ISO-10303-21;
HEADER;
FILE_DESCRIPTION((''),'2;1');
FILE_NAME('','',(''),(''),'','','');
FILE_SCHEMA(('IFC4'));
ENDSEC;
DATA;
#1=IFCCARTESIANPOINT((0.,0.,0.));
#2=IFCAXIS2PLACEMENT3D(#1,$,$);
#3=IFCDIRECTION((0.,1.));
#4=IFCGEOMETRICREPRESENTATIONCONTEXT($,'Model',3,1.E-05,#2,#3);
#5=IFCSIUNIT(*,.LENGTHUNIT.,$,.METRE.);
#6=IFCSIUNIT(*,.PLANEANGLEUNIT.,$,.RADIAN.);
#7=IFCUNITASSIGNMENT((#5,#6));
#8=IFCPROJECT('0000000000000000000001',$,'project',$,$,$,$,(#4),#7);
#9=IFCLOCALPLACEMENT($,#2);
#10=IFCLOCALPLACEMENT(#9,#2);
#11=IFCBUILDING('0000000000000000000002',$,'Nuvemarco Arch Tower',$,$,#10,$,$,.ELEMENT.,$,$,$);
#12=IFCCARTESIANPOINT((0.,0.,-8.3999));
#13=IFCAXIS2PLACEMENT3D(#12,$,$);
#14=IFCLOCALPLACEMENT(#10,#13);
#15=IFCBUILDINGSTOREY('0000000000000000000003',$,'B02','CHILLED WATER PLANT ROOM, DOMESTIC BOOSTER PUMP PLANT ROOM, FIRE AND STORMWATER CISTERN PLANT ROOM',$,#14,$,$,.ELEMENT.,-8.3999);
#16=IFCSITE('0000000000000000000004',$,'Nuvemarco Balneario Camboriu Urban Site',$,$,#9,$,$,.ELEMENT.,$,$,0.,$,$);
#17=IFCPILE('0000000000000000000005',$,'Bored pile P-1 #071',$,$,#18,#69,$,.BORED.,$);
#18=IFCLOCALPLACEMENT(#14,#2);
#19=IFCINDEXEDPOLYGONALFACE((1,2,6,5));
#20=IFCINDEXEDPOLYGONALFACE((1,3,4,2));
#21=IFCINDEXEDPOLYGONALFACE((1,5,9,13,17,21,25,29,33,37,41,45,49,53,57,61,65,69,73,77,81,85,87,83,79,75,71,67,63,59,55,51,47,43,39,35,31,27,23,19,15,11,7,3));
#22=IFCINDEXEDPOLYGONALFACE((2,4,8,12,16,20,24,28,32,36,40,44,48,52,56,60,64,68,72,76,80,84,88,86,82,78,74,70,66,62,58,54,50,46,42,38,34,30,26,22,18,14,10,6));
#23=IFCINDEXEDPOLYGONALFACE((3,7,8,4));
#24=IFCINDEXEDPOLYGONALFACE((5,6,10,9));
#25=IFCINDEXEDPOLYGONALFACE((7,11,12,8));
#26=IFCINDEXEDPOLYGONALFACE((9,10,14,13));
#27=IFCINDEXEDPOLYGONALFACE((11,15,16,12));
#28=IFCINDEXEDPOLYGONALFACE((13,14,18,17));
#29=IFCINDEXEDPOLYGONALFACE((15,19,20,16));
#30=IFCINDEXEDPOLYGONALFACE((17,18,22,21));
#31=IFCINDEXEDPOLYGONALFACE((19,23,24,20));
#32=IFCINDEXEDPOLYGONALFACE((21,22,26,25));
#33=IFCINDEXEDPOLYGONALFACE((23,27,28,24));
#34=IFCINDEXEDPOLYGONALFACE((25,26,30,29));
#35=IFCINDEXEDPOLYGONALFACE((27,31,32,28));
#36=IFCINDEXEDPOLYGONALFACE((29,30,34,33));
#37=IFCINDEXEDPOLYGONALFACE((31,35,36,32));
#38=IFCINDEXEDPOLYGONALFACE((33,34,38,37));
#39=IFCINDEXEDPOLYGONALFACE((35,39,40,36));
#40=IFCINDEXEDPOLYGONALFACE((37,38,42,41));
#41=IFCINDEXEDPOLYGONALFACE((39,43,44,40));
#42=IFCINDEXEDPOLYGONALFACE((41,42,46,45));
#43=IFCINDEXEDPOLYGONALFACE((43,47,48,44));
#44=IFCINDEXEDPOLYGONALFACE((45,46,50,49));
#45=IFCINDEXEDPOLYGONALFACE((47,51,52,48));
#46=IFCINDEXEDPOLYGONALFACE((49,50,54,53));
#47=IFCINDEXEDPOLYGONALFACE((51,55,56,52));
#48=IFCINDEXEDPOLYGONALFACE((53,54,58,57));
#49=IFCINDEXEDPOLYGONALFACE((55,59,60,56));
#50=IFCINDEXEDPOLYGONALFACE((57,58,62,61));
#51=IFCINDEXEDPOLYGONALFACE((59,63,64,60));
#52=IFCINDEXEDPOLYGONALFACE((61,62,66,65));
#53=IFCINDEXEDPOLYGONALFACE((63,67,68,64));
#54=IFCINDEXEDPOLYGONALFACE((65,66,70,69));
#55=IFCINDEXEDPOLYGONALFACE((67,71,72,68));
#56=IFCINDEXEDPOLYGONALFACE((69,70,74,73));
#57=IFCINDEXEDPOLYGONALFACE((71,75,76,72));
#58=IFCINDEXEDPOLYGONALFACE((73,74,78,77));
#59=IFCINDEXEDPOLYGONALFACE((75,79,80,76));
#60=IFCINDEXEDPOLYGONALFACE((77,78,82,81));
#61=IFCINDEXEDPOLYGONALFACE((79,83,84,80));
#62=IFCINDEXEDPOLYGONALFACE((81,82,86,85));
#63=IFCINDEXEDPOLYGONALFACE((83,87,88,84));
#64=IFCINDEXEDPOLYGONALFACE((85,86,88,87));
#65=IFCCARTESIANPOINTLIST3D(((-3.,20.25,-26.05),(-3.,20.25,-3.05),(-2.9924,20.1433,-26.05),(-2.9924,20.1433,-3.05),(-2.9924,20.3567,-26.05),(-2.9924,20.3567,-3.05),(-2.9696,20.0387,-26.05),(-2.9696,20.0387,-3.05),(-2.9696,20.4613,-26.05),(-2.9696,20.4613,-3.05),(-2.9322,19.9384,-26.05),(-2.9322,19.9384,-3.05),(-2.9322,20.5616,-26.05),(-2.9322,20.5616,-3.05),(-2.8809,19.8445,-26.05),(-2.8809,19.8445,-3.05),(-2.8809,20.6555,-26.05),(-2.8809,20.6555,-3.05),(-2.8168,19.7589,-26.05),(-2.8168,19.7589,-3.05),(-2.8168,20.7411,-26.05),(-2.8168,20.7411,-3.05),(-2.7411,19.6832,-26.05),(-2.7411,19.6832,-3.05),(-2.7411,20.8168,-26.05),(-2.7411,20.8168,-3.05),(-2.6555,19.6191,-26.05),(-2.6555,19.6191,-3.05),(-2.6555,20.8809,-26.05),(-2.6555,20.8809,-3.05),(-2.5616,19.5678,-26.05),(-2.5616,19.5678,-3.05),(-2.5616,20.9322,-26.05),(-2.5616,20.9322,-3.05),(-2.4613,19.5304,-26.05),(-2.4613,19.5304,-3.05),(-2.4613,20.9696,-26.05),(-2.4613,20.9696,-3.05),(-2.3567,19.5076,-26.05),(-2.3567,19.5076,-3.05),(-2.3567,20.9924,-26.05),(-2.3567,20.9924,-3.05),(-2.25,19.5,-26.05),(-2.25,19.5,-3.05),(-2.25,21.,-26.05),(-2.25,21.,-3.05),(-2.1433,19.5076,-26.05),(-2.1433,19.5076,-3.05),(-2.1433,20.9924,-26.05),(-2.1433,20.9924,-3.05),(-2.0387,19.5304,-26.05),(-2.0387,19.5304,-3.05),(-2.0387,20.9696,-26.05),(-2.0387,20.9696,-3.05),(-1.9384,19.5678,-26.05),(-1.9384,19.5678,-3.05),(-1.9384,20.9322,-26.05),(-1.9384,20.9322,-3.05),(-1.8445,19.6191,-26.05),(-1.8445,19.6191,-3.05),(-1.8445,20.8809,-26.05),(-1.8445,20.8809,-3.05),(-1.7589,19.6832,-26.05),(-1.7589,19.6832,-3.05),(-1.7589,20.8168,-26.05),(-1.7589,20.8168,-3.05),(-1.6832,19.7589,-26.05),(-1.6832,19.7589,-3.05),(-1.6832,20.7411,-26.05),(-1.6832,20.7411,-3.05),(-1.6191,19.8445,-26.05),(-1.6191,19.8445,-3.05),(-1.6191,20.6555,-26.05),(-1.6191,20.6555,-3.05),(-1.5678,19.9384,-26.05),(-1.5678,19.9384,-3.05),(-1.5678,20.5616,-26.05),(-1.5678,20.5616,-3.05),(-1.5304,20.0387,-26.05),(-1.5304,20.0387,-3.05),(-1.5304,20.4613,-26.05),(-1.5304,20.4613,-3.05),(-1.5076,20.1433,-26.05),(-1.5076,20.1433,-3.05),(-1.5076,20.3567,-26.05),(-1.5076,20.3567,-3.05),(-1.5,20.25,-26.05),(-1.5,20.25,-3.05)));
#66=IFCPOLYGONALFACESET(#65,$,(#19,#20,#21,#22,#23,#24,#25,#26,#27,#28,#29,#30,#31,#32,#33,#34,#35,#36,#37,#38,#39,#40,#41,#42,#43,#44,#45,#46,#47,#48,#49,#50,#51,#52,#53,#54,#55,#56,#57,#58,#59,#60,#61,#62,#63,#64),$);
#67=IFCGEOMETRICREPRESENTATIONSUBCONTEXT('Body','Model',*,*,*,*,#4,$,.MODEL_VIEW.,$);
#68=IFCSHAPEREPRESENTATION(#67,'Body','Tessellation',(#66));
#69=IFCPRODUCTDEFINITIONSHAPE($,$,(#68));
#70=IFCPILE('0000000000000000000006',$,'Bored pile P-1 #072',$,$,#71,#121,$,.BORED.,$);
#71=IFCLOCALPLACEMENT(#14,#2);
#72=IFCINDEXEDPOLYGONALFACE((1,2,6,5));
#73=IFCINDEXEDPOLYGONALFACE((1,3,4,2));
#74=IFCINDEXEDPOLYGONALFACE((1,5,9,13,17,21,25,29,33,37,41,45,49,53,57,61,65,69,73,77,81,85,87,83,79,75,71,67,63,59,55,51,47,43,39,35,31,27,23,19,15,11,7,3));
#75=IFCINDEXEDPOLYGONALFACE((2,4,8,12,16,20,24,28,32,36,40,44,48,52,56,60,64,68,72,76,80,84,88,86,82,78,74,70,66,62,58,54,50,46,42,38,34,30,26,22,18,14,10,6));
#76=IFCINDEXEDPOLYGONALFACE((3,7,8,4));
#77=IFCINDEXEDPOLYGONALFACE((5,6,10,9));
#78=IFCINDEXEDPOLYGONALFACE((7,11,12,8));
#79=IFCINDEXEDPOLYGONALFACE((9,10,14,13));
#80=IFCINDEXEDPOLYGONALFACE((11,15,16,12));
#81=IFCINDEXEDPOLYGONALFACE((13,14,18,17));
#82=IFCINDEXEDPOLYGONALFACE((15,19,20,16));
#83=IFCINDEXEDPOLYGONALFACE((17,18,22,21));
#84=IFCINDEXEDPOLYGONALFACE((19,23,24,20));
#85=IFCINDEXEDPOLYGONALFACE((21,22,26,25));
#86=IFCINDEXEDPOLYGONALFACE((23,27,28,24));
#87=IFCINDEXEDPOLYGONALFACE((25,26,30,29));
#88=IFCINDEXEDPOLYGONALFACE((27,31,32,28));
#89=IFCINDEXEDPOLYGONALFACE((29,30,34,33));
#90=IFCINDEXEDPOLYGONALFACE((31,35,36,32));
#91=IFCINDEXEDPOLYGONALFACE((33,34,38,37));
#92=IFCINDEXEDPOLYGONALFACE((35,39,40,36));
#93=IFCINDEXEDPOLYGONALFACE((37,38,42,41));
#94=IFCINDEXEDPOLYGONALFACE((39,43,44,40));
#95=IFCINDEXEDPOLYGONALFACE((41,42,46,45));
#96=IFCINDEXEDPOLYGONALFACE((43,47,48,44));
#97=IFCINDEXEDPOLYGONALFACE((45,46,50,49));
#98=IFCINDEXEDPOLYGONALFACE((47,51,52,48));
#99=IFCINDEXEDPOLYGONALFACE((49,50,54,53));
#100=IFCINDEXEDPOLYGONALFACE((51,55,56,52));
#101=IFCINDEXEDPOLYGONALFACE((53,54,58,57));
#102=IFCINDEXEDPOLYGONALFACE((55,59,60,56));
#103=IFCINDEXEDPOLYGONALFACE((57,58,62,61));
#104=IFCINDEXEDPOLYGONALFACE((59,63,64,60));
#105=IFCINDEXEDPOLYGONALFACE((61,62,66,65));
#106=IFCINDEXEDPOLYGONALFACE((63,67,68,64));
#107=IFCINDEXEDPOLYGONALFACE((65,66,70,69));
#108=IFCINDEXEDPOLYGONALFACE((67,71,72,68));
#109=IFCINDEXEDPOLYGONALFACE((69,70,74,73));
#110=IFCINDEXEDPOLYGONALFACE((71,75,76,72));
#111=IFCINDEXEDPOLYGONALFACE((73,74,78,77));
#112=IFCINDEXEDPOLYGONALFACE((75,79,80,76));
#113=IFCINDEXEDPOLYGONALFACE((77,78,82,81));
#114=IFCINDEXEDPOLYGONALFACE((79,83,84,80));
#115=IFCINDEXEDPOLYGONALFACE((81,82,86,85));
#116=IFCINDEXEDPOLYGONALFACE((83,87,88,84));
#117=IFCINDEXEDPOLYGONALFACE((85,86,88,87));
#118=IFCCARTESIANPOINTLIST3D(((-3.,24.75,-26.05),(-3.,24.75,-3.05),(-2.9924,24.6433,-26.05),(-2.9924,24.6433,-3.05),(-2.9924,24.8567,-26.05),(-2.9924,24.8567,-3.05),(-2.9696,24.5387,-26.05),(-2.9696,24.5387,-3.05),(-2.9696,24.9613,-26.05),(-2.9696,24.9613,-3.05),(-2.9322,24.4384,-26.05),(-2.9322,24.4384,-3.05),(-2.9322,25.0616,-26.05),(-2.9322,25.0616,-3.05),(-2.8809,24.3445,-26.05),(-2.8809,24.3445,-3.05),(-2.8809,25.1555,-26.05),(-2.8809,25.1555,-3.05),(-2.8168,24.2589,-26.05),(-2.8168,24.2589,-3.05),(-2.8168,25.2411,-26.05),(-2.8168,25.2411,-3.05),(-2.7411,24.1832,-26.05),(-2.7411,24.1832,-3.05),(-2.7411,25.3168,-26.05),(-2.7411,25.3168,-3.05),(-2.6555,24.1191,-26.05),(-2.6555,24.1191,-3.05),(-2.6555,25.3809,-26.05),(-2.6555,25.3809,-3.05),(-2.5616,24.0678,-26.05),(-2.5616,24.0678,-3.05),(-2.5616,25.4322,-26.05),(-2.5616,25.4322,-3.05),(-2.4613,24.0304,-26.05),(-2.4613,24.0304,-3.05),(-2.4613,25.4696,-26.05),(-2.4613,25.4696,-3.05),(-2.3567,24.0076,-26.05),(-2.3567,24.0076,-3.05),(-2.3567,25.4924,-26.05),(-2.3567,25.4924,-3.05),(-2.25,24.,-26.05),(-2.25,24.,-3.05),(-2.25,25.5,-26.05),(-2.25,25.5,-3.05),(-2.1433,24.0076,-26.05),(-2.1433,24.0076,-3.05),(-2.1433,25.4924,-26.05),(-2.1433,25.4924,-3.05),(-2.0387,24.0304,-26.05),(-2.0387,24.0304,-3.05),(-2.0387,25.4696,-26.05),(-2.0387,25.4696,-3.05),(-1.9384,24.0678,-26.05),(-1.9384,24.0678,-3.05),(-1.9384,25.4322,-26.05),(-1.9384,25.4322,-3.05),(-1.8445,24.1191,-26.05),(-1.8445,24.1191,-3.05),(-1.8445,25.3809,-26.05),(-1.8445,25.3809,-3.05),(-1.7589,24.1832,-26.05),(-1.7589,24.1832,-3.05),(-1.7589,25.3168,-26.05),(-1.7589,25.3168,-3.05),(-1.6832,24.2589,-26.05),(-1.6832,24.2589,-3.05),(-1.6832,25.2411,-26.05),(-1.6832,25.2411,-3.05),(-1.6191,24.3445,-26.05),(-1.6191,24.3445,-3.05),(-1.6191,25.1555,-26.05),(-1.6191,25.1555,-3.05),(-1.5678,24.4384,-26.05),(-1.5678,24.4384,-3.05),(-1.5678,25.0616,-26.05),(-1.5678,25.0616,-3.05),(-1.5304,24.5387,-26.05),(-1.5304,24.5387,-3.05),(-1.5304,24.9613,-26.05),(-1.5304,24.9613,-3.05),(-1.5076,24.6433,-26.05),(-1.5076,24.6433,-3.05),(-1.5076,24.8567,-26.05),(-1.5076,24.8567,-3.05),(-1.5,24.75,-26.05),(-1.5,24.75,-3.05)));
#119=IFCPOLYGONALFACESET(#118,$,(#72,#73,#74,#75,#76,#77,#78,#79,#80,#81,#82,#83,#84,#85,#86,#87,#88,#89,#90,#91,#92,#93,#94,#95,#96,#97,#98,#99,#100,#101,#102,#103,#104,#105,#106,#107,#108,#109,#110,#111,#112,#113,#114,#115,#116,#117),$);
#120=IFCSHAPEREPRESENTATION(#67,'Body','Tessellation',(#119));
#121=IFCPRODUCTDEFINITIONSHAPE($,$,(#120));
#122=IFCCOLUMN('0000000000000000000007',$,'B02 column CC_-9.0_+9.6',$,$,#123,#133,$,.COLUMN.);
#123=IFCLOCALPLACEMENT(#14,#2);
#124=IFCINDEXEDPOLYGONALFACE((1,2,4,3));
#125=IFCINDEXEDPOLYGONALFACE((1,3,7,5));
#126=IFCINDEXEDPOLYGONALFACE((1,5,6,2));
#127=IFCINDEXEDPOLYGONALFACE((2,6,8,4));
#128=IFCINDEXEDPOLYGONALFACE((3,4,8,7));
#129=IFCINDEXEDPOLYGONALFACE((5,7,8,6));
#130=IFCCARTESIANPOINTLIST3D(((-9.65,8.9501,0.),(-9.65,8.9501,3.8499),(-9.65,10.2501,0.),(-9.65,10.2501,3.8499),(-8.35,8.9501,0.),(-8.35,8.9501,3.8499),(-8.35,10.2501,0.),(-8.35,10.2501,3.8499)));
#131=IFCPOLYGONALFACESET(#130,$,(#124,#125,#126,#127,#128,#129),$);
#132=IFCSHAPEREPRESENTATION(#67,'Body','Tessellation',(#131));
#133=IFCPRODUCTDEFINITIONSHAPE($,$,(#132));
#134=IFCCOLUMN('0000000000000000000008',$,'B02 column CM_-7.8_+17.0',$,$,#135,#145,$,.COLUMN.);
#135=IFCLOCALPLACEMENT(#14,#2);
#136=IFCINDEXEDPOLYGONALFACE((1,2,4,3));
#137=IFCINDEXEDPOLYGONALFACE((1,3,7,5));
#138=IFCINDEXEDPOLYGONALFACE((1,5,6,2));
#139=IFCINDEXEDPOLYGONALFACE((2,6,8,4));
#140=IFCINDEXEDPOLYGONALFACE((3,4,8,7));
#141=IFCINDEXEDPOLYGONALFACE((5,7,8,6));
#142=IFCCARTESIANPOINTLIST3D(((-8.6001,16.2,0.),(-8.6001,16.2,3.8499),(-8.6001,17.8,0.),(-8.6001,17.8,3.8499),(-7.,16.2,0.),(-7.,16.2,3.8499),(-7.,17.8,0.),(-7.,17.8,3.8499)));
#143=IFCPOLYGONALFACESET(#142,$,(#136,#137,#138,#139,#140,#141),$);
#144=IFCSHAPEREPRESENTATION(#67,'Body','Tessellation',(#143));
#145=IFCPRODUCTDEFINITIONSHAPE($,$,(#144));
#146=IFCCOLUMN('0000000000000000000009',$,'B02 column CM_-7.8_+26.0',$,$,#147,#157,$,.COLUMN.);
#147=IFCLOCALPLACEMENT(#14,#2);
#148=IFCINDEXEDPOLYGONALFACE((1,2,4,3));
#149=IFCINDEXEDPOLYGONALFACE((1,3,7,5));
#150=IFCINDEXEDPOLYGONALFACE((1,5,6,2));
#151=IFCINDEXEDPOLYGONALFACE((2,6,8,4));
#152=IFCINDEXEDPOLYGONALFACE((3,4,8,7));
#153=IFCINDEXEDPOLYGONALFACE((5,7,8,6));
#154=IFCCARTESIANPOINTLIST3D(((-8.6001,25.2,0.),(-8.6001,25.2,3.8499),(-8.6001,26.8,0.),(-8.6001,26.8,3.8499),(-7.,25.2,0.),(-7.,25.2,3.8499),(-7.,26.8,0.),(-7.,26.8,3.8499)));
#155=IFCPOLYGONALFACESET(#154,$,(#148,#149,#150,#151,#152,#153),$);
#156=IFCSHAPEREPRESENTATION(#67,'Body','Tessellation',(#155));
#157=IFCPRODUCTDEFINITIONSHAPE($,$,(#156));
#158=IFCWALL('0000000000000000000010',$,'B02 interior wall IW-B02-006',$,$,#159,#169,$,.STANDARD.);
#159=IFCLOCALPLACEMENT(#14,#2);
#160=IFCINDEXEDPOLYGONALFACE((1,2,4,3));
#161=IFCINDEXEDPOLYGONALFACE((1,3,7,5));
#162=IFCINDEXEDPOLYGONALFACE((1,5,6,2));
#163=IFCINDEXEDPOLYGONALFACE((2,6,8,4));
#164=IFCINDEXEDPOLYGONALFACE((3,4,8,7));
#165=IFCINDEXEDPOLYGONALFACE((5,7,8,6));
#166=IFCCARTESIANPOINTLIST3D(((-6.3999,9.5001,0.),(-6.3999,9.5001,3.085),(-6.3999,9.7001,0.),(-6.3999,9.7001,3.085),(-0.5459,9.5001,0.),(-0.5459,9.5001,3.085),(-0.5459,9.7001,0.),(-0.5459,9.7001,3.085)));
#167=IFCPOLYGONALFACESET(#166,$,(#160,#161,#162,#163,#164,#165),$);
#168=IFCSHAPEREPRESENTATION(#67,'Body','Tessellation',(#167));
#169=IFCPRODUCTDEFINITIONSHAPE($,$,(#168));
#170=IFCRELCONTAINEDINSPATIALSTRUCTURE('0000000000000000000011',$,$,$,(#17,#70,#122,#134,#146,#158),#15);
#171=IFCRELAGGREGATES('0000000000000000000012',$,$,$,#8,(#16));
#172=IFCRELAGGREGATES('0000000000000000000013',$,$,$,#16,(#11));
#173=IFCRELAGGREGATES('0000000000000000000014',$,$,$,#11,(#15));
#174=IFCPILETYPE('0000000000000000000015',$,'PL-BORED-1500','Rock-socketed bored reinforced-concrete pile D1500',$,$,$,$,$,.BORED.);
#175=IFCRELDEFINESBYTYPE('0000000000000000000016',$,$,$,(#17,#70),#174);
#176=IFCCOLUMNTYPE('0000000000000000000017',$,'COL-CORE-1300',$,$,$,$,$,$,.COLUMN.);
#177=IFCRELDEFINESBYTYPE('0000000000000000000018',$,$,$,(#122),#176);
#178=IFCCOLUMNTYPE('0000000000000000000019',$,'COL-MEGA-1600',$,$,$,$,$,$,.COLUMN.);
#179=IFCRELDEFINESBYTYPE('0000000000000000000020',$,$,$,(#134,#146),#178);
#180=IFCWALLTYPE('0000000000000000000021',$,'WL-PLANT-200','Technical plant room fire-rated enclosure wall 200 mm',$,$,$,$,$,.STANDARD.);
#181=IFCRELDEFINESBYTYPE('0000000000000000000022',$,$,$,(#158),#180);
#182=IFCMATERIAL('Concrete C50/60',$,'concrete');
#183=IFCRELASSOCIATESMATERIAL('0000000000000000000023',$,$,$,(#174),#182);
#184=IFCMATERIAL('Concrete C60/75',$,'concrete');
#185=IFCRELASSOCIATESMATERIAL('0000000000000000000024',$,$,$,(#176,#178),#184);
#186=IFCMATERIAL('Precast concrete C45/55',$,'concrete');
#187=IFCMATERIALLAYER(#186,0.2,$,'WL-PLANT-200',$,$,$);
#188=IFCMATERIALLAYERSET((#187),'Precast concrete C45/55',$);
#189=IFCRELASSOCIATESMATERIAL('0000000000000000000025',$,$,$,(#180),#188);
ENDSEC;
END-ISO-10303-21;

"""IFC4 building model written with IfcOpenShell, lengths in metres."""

from ifc_helpers import new_model, si_unit, direction, frame, frame_2d, origin, origin_2d, place, context, subcontext, project, spatial, rectangle, circle, extrude, material, layer, layer_set, material_profile, profile_set, type_object, element, save


model = new_model("IFC4")

# Units and contexts
model_context = context("Model", 3, precision=1e-05, world=origin(), true_north=direction((0.0, 1.0)))
body_context = subcontext(model_context, "Body", "Model", "MODEL_VIEW")
ifc_project = project(units=[si_unit("LENGTHUNIT", "METRE"), si_unit("PLANEANGLEUNIT", "RADIAN")], contexts=[model_context])

# Site, building, storey
site_placement = place(None, origin())
site = spatial("IfcSite", under=ifc_project, at=site_placement, Name="Nuvemarco Balneario Camboriu Urban Site", CompositionType="ELEMENT", RefElevation=0.0)
building_placement = place(site_placement, origin())
building = spatial("IfcBuilding", under=site, at=building_placement, Name="Nuvemarco Arch Tower", CompositionType="ELEMENT")
storey_placement = place(building_placement, frame((0.0, 0.0, -8.3999)))
storey = spatial("IfcBuildingStorey", under=building, at=storey_placement, Name="B02", Description="CHILLED WATER PLANT ROOM, DOMESTIC BOOSTER PUMP PLANT ROOM, FIRE AND STORMWATER CISTERN PLANT ROOM", CompositionType="ELEMENT", Elevation=-8.3999)

# Piles
ifc_material_1 = material(Name="Concrete C50/60", Category="concrete")
ifc_material_profile_1 = material_profile(ifc_material_1, circle(Radius=0.75, at=origin_2d()), Name="PILE-D1500")
ifc_profile_set_1 = profile_set([ifc_material_profile_1], Name="Concrete C50/60")
pile_type = type_object("IfcPileType", Name="PL-BORED-1500", Description="Rock-socketed bored reinforced-concrete pile D1500", PredefinedType="BORED", material=ifc_profile_set_1)
for number, where, z_axis, x_axis, name in (
    (1, (-2.25, 20.25, -3.05), (0.0, 0.0, -1.0), (1.0, 0.0, 0.0), "Bored pile P-1 #071"),
    (2, (-2.25, 24.75, -3.05), (0.0, 0.0, -1.0), (1.0, 0.0, 0.0), "Bored pile P-1 #072"),
):
    element("IfcPile", number, at=place(storey_placement, frame(where, z_axis=z_axis, x_axis=x_axis)), inside=storey, type_object=pile_type, Name=name, PredefinedType="BORED", context=body_context, shape_type="SweptSolid", body=[
        extrude(circle(Radius=0.75, at=origin_2d()), origin(), (0.0, 0.0, 1.0), 23.0),
    ])

# Columns
ifc_material_2 = material(Name="Concrete C60/75", Category="concrete")
ifc_material_profile_2 = material_profile(ifc_material_2, rectangle(XDim=1.3, YDim=1.3, at=origin_2d()), Name="RC-COL-1300x1300")
ifc_profile_set_2 = profile_set([ifc_material_profile_2], Name="Concrete C60/75")
column_type_1 = type_object("IfcColumnType", Name="COL-CORE-1300", PredefinedType="COLUMN", material=ifc_profile_set_2)
column_placement = place(storey_placement, frame((-9.0, 9.6001, 0.0), z_axis=(0.0, 0.0, 1.0), x_axis=(1.0, 0.0, 0.0)))
element("IfcColumn", 3, at=column_placement, inside=storey, type_object=column_type_1, Name="B02 column CC_-9.0_+9.6", PredefinedType="COLUMN", context=body_context, shape_type="SweptSolid", body=[
    extrude(rectangle(XDim=1.3, YDim=1.3, at=origin_2d()), origin(), (0.0, 0.0, 1.0), 3.8499),
])
ifc_material_profile_3 = material_profile(ifc_material_2, rectangle(XDim=1.6001, YDim=1.6001, at=origin_2d()), Name="RC-COL-1600x1600")
ifc_profile_set_3 = profile_set([ifc_material_profile_3], Name="Concrete C60/75")
column_type_2 = type_object("IfcColumnType", Name="COL-MEGA-1600", PredefinedType="COLUMN", material=ifc_profile_set_3)
for number, where, z_axis, x_axis, name in (
    (4, (-7.8, 17.0, 0.0), (0.0, 0.0, 1.0), (1.0, 0.0, 0.0), "B02 column CM_-7.8_+17.0"),
    (5, (-7.8, 26.0, 0.0), (0.0, 0.0, 1.0), (1.0, 0.0, 0.0), "B02 column CM_-7.8_+26.0"),
):
    element("IfcColumn", number, at=place(storey_placement, frame(where, z_axis=z_axis, x_axis=x_axis)), inside=storey, type_object=column_type_2, Name=name, PredefinedType="COLUMN", context=body_context, shape_type="SweptSolid", body=[
        extrude(rectangle(XDim=1.6001, YDim=1.6001, at=origin_2d()), origin(), (0.0, 0.0, 1.0), 3.8499),
    ])

# Wall
ifc_material_3 = material(Name="Precast concrete C45/55", Category="concrete")
ifc_layer = layer(ifc_material_3, 0.2, Name="WL-PLANT-200")
ifc_layer_set = layer_set([ifc_layer], Name="Precast concrete C45/55")
wall_type = type_object("IfcWallType", Name="WL-PLANT-200", Description="Technical plant room fire-rated enclosure wall 200 mm", PredefinedType="STANDARD", material=ifc_layer_set)
wall_placement = place(storey_placement, frame((-6.3999, 9.6001, 0.0), z_axis=(0.0, 0.0, 1.0), x_axis=(1.0, 0.0, 0.0)))
element("IfcWall", 6, at=wall_placement, inside=storey, type_object=wall_type, Name="B02 interior wall IW-B02-006", PredefinedType="STANDARD", context=body_context, shape_type="SweptSolid", body=[
    extrude(rectangle(XDim=5.854, YDim=0.2, at=frame_2d((2.927, 0.0))), origin(), (0.0, 0.0, 1.0), 3.085),
])

save(model, "model.ifc")
